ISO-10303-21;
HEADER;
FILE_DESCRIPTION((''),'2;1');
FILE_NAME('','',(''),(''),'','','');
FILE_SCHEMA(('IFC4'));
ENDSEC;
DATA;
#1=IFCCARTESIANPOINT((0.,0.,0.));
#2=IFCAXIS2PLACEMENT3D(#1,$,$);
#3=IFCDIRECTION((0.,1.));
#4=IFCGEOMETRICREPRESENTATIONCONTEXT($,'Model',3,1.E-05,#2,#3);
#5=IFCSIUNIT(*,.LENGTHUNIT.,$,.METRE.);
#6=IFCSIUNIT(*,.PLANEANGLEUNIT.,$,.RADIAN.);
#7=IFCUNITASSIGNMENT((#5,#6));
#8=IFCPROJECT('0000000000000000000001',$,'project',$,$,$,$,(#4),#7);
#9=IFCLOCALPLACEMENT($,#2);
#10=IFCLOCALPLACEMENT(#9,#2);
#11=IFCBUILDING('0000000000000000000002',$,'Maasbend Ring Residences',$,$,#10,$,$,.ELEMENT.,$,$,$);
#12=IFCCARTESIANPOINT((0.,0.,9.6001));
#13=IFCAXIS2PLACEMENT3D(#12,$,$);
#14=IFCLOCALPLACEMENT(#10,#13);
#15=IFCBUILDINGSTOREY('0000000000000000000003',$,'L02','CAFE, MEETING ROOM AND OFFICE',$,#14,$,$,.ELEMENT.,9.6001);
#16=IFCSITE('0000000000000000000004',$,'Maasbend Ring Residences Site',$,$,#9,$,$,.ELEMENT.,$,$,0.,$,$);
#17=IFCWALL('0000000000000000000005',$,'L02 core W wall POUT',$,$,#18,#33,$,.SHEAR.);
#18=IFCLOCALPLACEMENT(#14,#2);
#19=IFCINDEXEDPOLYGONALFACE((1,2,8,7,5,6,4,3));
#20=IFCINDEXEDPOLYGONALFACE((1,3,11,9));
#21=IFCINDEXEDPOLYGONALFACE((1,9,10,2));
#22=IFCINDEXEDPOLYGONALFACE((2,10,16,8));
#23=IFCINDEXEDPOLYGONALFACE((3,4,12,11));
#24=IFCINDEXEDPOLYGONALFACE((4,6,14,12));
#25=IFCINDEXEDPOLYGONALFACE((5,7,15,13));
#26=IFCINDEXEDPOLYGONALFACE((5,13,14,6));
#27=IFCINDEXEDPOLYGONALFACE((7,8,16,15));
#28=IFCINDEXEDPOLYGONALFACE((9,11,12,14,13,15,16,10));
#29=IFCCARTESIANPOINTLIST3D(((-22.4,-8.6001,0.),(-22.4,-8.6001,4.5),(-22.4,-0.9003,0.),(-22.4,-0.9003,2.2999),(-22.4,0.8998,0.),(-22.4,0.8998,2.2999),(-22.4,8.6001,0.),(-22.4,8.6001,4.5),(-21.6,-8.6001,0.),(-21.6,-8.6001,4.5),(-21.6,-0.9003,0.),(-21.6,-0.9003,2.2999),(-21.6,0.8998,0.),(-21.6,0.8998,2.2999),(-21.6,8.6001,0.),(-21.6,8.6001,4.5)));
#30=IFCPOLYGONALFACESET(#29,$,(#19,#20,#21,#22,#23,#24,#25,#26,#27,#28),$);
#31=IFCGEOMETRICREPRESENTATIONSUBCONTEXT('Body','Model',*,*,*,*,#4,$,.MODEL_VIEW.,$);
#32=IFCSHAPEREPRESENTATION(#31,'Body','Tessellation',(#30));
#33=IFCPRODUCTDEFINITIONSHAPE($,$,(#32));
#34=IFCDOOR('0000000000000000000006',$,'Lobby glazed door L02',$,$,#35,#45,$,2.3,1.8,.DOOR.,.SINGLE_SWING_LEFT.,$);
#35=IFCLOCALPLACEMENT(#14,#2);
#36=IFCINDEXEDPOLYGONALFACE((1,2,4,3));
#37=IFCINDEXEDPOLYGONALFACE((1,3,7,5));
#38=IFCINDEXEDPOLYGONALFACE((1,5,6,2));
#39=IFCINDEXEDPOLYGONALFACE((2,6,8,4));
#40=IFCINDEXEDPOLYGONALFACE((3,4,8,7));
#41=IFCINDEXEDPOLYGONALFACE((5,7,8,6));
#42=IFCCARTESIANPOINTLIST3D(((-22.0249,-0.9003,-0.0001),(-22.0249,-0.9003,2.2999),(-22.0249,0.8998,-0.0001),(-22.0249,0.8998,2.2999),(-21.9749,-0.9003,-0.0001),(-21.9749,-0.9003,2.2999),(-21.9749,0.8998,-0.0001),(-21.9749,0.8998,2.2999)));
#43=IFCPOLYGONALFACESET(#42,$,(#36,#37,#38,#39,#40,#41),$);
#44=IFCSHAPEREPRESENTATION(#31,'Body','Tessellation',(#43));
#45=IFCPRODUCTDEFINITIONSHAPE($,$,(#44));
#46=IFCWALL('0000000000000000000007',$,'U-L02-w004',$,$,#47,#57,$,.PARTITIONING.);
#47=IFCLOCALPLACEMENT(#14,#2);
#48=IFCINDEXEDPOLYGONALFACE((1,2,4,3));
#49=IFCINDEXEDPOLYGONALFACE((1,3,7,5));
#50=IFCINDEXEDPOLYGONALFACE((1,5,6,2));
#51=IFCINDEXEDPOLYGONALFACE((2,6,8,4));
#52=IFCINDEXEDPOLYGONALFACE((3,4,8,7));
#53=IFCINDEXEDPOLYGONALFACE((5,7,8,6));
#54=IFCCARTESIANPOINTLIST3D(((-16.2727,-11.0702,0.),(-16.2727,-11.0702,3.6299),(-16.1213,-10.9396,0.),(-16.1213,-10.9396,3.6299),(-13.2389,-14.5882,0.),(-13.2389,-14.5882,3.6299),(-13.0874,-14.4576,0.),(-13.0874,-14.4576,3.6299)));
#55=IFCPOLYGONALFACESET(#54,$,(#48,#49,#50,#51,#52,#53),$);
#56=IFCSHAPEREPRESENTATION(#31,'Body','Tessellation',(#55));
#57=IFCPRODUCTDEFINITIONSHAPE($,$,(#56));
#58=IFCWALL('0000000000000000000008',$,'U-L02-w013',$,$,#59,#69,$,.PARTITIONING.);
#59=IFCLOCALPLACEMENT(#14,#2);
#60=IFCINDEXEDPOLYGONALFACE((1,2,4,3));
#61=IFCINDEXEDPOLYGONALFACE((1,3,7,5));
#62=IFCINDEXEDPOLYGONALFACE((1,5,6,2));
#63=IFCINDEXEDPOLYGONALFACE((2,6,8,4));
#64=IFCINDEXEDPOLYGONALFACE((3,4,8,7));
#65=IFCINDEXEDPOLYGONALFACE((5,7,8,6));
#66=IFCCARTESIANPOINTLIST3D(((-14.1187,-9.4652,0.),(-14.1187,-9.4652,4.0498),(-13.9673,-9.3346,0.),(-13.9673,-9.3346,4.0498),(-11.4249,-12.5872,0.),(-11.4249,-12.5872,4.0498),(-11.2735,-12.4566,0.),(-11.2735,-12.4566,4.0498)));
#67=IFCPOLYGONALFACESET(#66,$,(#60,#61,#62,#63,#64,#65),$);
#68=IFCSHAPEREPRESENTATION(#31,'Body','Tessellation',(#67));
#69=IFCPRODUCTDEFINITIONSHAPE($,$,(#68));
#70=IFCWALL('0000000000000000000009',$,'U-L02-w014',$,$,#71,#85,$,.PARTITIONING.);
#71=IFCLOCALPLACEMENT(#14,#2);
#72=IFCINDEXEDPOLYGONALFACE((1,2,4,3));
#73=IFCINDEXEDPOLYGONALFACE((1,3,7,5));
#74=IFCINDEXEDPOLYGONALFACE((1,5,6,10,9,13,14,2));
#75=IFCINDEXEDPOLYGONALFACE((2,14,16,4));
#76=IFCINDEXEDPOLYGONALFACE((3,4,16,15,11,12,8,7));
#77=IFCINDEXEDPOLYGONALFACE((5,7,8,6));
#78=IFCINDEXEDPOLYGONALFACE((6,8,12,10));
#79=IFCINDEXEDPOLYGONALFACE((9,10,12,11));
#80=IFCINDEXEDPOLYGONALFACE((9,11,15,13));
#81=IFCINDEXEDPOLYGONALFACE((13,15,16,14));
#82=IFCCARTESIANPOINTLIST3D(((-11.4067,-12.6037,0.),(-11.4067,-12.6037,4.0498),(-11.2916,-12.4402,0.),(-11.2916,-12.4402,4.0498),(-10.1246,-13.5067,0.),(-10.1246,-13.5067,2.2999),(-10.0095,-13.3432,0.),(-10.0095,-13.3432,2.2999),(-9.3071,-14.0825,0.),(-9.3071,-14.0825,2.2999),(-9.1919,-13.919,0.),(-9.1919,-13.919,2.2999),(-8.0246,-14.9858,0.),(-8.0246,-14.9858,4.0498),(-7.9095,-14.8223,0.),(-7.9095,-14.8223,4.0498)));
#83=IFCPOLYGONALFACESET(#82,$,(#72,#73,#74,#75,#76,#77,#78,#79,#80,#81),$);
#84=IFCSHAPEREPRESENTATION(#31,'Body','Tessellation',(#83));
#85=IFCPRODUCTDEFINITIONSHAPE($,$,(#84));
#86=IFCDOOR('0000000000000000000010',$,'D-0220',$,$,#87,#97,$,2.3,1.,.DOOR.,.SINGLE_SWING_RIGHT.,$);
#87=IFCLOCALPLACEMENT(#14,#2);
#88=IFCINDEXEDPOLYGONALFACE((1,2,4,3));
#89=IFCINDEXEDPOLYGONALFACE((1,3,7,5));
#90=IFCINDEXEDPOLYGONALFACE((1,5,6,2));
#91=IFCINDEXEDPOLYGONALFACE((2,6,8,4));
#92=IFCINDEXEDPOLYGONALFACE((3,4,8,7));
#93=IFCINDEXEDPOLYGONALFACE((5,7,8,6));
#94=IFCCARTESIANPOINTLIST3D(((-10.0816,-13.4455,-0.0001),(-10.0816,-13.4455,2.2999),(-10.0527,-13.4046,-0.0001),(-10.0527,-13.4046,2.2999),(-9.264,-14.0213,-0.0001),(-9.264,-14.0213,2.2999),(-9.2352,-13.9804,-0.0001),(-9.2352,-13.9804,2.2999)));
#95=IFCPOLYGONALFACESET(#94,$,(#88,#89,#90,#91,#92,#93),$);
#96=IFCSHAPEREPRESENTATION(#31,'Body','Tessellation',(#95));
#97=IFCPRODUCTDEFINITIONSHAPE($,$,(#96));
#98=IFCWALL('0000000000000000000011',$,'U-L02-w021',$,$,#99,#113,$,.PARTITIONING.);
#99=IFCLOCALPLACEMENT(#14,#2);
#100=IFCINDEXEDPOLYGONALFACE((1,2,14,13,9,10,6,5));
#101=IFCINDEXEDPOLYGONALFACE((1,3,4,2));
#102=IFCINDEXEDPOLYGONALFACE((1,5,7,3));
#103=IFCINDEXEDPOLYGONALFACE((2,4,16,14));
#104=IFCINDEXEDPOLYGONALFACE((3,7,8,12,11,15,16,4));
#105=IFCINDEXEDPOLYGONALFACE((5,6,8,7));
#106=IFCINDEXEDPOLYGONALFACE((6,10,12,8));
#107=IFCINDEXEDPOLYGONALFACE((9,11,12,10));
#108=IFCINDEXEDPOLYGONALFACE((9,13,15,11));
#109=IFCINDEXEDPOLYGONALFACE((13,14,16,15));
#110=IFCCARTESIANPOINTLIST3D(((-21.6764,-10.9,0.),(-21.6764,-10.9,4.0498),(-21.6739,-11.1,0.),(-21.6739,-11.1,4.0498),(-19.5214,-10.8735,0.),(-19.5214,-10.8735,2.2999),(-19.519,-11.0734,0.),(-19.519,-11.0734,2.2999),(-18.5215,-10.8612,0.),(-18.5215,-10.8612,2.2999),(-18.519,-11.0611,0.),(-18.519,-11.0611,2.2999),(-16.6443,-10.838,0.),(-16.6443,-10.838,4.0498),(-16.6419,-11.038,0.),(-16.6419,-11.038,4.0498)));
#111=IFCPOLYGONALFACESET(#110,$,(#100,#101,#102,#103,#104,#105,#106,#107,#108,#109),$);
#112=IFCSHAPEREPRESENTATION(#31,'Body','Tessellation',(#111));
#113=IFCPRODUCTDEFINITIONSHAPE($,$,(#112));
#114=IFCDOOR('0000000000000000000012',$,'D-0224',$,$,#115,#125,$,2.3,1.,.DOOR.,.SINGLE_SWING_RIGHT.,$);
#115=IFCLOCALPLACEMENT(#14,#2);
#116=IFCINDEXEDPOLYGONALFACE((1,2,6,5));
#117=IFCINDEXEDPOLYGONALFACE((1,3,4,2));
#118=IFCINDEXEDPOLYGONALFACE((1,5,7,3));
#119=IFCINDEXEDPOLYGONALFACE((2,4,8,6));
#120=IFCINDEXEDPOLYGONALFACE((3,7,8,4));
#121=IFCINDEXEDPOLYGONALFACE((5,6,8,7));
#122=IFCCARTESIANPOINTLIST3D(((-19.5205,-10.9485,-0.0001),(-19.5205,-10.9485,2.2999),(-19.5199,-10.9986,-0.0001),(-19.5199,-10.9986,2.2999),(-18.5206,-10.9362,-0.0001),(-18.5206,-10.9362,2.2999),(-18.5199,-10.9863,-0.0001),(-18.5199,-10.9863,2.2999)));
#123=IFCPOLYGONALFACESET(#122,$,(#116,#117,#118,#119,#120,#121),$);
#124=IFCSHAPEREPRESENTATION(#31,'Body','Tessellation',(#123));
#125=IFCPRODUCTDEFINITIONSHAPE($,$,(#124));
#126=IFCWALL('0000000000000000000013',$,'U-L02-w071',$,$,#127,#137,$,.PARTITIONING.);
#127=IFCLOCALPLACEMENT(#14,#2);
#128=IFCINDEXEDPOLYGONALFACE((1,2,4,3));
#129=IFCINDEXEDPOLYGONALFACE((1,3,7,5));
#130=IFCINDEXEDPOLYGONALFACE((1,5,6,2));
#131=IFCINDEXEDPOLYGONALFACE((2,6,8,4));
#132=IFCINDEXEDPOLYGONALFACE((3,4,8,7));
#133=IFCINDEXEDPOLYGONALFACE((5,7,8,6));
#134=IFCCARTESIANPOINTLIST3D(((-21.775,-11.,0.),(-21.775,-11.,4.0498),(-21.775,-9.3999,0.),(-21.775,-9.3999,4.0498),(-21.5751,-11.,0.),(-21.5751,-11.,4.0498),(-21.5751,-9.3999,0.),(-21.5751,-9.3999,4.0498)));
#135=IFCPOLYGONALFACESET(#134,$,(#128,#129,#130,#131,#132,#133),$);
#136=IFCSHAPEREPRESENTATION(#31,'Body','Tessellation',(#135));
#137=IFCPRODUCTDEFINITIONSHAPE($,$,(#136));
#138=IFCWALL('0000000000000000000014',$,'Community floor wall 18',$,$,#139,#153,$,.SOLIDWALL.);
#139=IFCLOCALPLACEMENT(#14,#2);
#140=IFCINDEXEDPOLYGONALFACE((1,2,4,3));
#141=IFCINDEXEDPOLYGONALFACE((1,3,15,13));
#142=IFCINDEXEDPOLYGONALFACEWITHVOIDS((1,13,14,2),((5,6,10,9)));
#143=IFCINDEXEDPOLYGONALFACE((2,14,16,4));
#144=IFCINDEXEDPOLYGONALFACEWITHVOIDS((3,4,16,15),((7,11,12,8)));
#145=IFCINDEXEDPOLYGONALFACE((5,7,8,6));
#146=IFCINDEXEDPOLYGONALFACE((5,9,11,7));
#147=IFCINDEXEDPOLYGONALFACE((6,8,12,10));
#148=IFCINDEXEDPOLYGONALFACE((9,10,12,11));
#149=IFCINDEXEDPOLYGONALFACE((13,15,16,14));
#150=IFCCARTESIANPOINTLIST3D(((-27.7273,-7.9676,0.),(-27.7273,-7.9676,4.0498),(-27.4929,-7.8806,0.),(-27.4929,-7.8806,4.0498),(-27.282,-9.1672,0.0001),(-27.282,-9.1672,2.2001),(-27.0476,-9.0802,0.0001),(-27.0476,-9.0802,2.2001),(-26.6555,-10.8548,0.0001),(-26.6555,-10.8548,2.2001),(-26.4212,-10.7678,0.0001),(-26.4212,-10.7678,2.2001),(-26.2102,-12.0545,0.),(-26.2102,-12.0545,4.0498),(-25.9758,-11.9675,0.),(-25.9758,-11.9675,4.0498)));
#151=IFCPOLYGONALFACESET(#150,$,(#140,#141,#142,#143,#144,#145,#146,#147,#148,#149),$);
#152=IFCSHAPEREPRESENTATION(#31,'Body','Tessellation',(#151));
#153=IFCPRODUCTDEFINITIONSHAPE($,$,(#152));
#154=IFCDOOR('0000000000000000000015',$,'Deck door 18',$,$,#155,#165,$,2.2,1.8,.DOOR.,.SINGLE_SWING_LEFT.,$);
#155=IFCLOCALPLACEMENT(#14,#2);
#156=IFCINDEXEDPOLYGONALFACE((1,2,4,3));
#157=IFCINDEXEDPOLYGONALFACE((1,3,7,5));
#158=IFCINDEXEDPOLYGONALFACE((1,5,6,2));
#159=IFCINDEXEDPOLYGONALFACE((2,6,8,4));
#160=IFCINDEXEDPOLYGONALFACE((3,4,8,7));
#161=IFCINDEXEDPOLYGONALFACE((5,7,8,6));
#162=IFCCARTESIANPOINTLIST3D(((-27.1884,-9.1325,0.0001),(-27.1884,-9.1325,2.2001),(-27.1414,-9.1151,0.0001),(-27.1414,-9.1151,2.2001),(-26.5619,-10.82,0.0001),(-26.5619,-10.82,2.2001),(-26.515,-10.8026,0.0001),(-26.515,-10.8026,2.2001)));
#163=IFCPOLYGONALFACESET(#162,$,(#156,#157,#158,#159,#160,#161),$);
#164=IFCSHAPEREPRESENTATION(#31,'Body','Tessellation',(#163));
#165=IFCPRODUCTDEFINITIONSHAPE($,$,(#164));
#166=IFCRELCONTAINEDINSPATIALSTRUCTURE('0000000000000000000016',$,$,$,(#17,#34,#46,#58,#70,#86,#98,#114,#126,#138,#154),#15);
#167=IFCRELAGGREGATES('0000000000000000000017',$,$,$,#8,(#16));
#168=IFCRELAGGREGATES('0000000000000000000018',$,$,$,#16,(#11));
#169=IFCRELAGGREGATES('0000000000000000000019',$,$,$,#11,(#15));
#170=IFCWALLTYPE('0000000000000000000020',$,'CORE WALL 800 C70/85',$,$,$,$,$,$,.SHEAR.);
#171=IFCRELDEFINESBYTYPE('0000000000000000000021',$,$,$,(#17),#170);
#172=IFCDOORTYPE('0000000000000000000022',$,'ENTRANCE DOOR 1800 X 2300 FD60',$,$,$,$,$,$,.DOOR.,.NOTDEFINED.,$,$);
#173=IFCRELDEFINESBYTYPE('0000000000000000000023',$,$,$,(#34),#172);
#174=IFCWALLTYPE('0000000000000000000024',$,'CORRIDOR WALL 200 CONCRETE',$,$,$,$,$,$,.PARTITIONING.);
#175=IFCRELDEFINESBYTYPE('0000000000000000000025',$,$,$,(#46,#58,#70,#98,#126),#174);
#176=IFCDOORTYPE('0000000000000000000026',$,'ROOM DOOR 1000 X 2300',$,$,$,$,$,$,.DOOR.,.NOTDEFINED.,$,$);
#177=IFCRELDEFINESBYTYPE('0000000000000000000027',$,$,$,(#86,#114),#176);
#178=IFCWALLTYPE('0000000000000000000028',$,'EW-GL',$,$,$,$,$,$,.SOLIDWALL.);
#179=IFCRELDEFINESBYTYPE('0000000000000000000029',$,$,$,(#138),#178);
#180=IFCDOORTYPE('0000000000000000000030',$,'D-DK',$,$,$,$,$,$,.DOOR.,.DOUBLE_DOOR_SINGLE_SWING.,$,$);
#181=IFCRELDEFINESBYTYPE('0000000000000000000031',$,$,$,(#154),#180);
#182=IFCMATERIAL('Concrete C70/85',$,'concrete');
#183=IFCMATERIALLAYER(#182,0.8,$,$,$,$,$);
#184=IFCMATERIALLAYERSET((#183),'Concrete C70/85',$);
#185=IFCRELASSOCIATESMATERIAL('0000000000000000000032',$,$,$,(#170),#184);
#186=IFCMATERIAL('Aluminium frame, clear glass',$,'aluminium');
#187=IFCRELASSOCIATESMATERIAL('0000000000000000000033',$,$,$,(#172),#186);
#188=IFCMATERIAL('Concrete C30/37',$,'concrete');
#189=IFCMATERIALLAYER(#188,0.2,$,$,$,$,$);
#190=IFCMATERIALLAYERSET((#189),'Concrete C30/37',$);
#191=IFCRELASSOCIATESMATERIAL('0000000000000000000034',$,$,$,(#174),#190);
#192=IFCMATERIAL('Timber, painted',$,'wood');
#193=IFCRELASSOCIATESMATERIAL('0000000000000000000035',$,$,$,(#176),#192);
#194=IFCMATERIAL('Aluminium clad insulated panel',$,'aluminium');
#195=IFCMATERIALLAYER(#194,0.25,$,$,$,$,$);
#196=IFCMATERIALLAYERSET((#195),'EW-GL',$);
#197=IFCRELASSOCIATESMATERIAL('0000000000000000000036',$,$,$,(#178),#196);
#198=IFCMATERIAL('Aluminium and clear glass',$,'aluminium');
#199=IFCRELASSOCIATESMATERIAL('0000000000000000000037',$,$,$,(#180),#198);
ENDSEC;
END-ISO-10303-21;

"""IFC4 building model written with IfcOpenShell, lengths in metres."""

from ifc_helpers import new_model, si_unit, direction, frame, frame_2d, origin, place, context, subcontext, project, spatial, rectangle, extrude, material, layer, layer_set, type_object, element, fill, save


model = new_model("IFC4")

# Units and contexts
model_context = context("Model", 3, precision=1e-05, world=origin(), true_north=direction((0.0, 1.0)))
body_context = subcontext(model_context, "Body", "Model", "MODEL_VIEW")
ifc_project = project(units=[si_unit("LENGTHUNIT", "METRE"), si_unit("PLANEANGLEUNIT", "RADIAN")], contexts=[model_context])

# Site, building, storey
site_placement = place(None, origin())
site = spatial("IfcSite", under=ifc_project, at=site_placement, Name="Maasbend Ring Residences Site", CompositionType="ELEMENT", RefElevation=0.0)
building_placement = place(site_placement, origin())
building = spatial("IfcBuilding", under=site, at=building_placement, Name="Maasbend Ring Residences", CompositionType="ELEMENT")
storey_placement = place(building_placement, frame((0.0, 0.0, 9.6001)))
storey = spatial("IfcBuildingStorey", under=building, at=storey_placement, Name="L02", Description="CAFE, MEETING ROOM AND OFFICE", CompositionType="ELEMENT", Elevation=9.6001)

# Wall, opening, door
ifc_material_1 = material(Name="Concrete C70/85", Category="concrete")
ifc_layer_1 = layer(ifc_material_1, 0.8)
ifc_layer_set_1 = layer_set([ifc_layer_1], Name="Concrete C70/85")
wall_type_1 = type_object("IfcWallType", Name="CORE WALL 800 C70/85", PredefinedType="SHEAR", material=ifc_layer_set_1)
wall_1_placement = place(storey_placement, frame((-22.0, -8.6001, 0.0), z_axis=(0.0, 0.0, 1.0), x_axis=(0.0, 1.0, 0.0)))
wall_1 = element("IfcWall", 1, at=wall_1_placement, inside=storey, type_object=wall_type_1, Name="L02 core W wall POUT", PredefinedType="SHEAR", context=body_context, shape_type="SweptSolid", body=[
    extrude(rectangle(XDim=17.2002, YDim=0.8, at=frame_2d((8.6001, 0.0))), origin(), (0.0, 0.0, 1.0), 4.5),
])
opening_1_placement = place(wall_1_placement, frame((7.7, 0.0, 0.0)))
opening_1 = element("IfcOpeningElement", 2, at=opening_1_placement, cuts=wall_1, PredefinedType="OPENING", context=body_context, shape_type="SweptSolid", body=[
    extrude(rectangle(XDim=1.8, YDim=2.3, at=frame_2d((0.8999, 1.1499))), frame((0.0, 0.4102, 0.0), z_axis=(0.0, -1.0, 0.0), x_axis=(1.0, 0.0, 0.0)), (0.0, 0.0, 1.0), 0.8201),
])
ifc_material_2 = material(Name="Aluminium frame, clear glass", Category="aluminium")
door_type_1 = type_object("IfcDoorType", Name="ENTRANCE DOOR 1800 X 2300 FD60", OperationType="NOTDEFINED", PredefinedType="DOOR", material=ifc_material_2)
door_1_placement = place(opening_1_placement, origin())
door_1 = element("IfcDoor", 3, at=door_1_placement, inside=storey, type_object=door_type_1, Name="Lobby glazed door L02", OperationType="SINGLE_SWING_LEFT", OverallHeight=2.3, OverallWidth=1.8, PredefinedType="DOOR", context=body_context, shape_type="SweptSolid", body=[
    extrude(rectangle(XDim=1.8, YDim=2.3, at=frame_2d((0.8999, 1.1499))), frame((0.0, 0.0249, 0.0), z_axis=(0.0, -1.0, 0.0), x_axis=(1.0, 0.0, 0.0)), (0.0, 0.0, 1.0), 0.05),
])
fill(opening_1, door_1)

# Walls
ifc_material_3 = material(Name="Concrete C30/37", Category="concrete")
ifc_layer_2 = layer(ifc_material_3, 0.2)
ifc_layer_set_2 = layer_set([ifc_layer_2], Name="Concrete C30/37")
wall_type_2 = type_object("IfcWallType", Name="CORRIDOR WALL 200 CONCRETE", PredefinedType="PARTITIONING", material=ifc_layer_set_2)
wall_2_placement = place(storey_placement, frame((-16.197, -11.0049, 0.0), z_axis=(0.0, 0.0, 1.0), x_axis=(0.653078, -0.757291, 0.0)))
element("IfcWall", 4, at=wall_2_placement, inside=storey, type_object=wall_type_2, Name="U-L02-w004", PredefinedType="PARTITIONING", context=body_context, shape_type="SweptSolid", body=[
    extrude(rectangle(XDim=4.6455, YDim=0.2, at=frame_2d((2.3228, 0.0))), origin(), (0.0, 0.0, 1.0), 3.6299),
])
wall_3_placement = place(storey_placement, frame((-14.043, -9.3999, 0.0), z_axis=(0.0, 0.0, 1.0), x_axis=(0.653275, -0.757121, 0.0)))
element("IfcWall", 5, at=wall_3_placement, inside=storey, type_object=wall_type_2, Name="U-L02-w013", PredefinedType="PARTITIONING", context=body_context, shape_type="SweptSolid", body=[
    extrude(rectangle(XDim=4.1235, YDim=0.2, at=frame_2d((2.0618, 0.0))), origin(), (0.0, 0.0, 1.0), 4.0498),
])

# Walls, openings, doors
wall_4_placement = place(storey_placement, frame((-11.3491, -12.522, 0.0), z_axis=(0.0, 0.0, 1.0), x_axis=(0.817568, -0.575833, 0.0)))
wall_4 = element("IfcWall", 6, at=wall_4_placement, inside=storey, type_object=wall_type_2, Name="U-L02-w014", PredefinedType="PARTITIONING", context=body_context, shape_type="SweptSolid", body=[
    extrude(rectangle(XDim=4.1367, YDim=0.2, at=frame_2d((2.0684, 0.0))), origin(), (0.0, 0.0, 1.0), 4.0498),
])
opening_2_placement = place(wall_4_placement, frame((1.5681, 0.0, 0.0)))
opening_2 = element("IfcOpeningElement", 7, at=opening_2_placement, cuts=wall_4, PredefinedType="OPENING", context=body_context, shape_type="SweptSolid", body=[
    extrude(rectangle(XDim=1.0, YDim=2.3, at=frame_2d((0.5, 1.1499))), frame((0.0, 0.1099, 0.0), z_axis=(0.0, -1.0, 0.0), x_axis=(1.0, 0.0, 0.0)), (0.0, 0.0, 1.0), 0.22),
])
ifc_material_4 = material(Name="Timber, painted", Category="wood")
door_type_2 = type_object("IfcDoorType", Name="ROOM DOOR 1000 X 2300", OperationType="NOTDEFINED", PredefinedType="DOOR", material=ifc_material_4)
door_2_placement = place(opening_2_placement, origin())
door_2 = element("IfcDoor", 8, at=door_2_placement, inside=storey, type_object=door_type_2, Name="D-0220", OperationType="SINGLE_SWING_RIGHT", OverallHeight=2.3, OverallWidth=1.0, PredefinedType="DOOR", context=body_context, shape_type="SweptSolid", body=[
    extrude(rectangle(XDim=1.0, YDim=2.3, at=frame_2d((0.5, 1.1499))), frame((0.0, 0.0249, 0.0), z_axis=(0.0, -1.0, 0.0), x_axis=(1.0, 0.0, 0.0)), (0.0, 0.0, 1.0), 0.05),
])
fill(opening_2, door_2)
wall_5_placement = place(storey_placement, frame((-21.675, -11.0, 0.0), z_axis=(0.0, 0.0, 1.0), x_axis=(0.999924, 0.012323, 0.0)))
wall_5 = element("IfcWall", 9, at=wall_5_placement, inside=storey, type_object=wall_type_2, Name="U-L02-w021", PredefinedType="PARTITIONING", context=body_context, shape_type="SweptSolid", body=[
    extrude(rectangle(XDim=5.0325, YDim=0.2, at=frame_2d((2.5161, 0.0))), origin(), (0.0, 0.0, 1.0), 4.0498),
])
opening_3_placement = place(wall_5_placement, frame((2.155, 0.0, 0.0)))
opening_3 = element("IfcOpeningElement", 10, at=opening_3_placement, cuts=wall_5, PredefinedType="OPENING", context=body_context, shape_type="SweptSolid", body=[
    extrude(rectangle(XDim=1.0, YDim=2.3, at=frame_2d((0.5, 1.1499))), frame((0.0, 0.1099, 0.0), z_axis=(0.0, -1.0, 0.0), x_axis=(1.0, 0.0, 0.0)), (0.0, 0.0, 1.0), 0.22),
])
door_3_placement = place(opening_3_placement, origin())
door_3 = element("IfcDoor", 11, at=door_3_placement, inside=storey, type_object=door_type_2, Name="D-0224", OperationType="SINGLE_SWING_RIGHT", OverallHeight=2.3, OverallWidth=1.0, PredefinedType="DOOR", context=body_context, shape_type="SweptSolid", body=[
    extrude(rectangle(XDim=1.0, YDim=2.3, at=frame_2d((0.5, 1.1499))), frame((0.0, 0.0249, 0.0), z_axis=(0.0, -1.0, 0.0), x_axis=(1.0, 0.0, 0.0)), (0.0, 0.0, 1.0), 0.05),
])
fill(opening_3, door_3)

# Wall
wall_6_placement = place(storey_placement, frame((-21.675, -11.0, 0.0), z_axis=(0.0, 0.0, 1.0), x_axis=(0.0, 1.0, 0.0)))
element("IfcWall", 12, at=wall_6_placement, inside=storey, type_object=wall_type_2, Name="U-L02-w071", PredefinedType="PARTITIONING", context=body_context, shape_type="SweptSolid", body=[
    extrude(rectangle(XDim=1.6001, YDim=0.2, at=frame_2d((0.8, 0.0))), origin(), (0.0, 0.0, 1.0), 4.0498),
])

# Wall, opening, door
ifc_material_5 = material(Name="Aluminium clad insulated panel", Category="aluminium")
ifc_layer_3 = layer(ifc_material_5, 0.25)
ifc_layer_set_3 = layer_set([ifc_layer_3], Name="EW-GL")
wall_type_3 = type_object("IfcWallType", Name="EW-GL", PredefinedType="SOLIDWALL", material=ifc_layer_set_3)
wall_7_placement = place(storey_placement, frame((-27.6101, -7.9241, 0.0), z_axis=(0.0, 0.0, 1.0), x_axis=(0.348004, -0.937493, 0.0)))
wall_7 = element("IfcWall", 13, at=wall_7_placement, inside=storey, type_object=wall_type_3, Name="Community floor wall 18", PredefinedType="SOLIDWALL", context=body_context, shape_type="SweptSolid", body=[
    extrude(rectangle(XDim=4.3594, YDim=0.25, at=frame_2d((2.1797, 0.0))), origin(), (0.0, 0.0, 1.0), 4.0498),
])
opening_4_placement = place(wall_7_placement, frame((1.2798, 0.0, 0.0)))
opening_4 = element("IfcOpeningElement", 14, at=opening_4_placement, cuts=wall_7, PredefinedType="OPENING", context=body_context, shape_type="SweptSolid", body=[
    extrude(rectangle(XDim=1.8, YDim=2.2, at=frame_2d((0.8999, 1.1001))), frame((0.0, 0.135, 0.0), z_axis=(0.0, -1.0, 0.0), x_axis=(1.0, 0.0, 0.0)), (0.0, 0.0, 1.0), 0.27),
])
ifc_material_6 = material(Name="Aluminium and clear glass", Category="aluminium")
door_type_3 = type_object("IfcDoorType", Name="D-DK", OperationType="DOUBLE_DOOR_SINGLE_SWING", PredefinedType="DOOR", material=ifc_material_6)
door_4_placement = place(opening_4_placement, origin())
door_4 = element("IfcDoor", 15, at=door_4_placement, inside=storey, type_object=door_type_3, Name="Deck door 18", OperationType="SINGLE_SWING_LEFT", OverallHeight=2.2, OverallWidth=1.8, PredefinedType="DOOR", context=body_context, shape_type="SweptSolid", body=[
    extrude(rectangle(XDim=1.8, YDim=2.2, at=frame_2d((0.8999, 1.1001))), frame((0.0, 0.0249, 0.0), z_axis=(0.0, -1.0, 0.0), x_axis=(1.0, 0.0, 0.0)), (0.0, 0.0, 1.0), 0.05),
])
fill(opening_4, door_4)

save(model, "model.ifc")
